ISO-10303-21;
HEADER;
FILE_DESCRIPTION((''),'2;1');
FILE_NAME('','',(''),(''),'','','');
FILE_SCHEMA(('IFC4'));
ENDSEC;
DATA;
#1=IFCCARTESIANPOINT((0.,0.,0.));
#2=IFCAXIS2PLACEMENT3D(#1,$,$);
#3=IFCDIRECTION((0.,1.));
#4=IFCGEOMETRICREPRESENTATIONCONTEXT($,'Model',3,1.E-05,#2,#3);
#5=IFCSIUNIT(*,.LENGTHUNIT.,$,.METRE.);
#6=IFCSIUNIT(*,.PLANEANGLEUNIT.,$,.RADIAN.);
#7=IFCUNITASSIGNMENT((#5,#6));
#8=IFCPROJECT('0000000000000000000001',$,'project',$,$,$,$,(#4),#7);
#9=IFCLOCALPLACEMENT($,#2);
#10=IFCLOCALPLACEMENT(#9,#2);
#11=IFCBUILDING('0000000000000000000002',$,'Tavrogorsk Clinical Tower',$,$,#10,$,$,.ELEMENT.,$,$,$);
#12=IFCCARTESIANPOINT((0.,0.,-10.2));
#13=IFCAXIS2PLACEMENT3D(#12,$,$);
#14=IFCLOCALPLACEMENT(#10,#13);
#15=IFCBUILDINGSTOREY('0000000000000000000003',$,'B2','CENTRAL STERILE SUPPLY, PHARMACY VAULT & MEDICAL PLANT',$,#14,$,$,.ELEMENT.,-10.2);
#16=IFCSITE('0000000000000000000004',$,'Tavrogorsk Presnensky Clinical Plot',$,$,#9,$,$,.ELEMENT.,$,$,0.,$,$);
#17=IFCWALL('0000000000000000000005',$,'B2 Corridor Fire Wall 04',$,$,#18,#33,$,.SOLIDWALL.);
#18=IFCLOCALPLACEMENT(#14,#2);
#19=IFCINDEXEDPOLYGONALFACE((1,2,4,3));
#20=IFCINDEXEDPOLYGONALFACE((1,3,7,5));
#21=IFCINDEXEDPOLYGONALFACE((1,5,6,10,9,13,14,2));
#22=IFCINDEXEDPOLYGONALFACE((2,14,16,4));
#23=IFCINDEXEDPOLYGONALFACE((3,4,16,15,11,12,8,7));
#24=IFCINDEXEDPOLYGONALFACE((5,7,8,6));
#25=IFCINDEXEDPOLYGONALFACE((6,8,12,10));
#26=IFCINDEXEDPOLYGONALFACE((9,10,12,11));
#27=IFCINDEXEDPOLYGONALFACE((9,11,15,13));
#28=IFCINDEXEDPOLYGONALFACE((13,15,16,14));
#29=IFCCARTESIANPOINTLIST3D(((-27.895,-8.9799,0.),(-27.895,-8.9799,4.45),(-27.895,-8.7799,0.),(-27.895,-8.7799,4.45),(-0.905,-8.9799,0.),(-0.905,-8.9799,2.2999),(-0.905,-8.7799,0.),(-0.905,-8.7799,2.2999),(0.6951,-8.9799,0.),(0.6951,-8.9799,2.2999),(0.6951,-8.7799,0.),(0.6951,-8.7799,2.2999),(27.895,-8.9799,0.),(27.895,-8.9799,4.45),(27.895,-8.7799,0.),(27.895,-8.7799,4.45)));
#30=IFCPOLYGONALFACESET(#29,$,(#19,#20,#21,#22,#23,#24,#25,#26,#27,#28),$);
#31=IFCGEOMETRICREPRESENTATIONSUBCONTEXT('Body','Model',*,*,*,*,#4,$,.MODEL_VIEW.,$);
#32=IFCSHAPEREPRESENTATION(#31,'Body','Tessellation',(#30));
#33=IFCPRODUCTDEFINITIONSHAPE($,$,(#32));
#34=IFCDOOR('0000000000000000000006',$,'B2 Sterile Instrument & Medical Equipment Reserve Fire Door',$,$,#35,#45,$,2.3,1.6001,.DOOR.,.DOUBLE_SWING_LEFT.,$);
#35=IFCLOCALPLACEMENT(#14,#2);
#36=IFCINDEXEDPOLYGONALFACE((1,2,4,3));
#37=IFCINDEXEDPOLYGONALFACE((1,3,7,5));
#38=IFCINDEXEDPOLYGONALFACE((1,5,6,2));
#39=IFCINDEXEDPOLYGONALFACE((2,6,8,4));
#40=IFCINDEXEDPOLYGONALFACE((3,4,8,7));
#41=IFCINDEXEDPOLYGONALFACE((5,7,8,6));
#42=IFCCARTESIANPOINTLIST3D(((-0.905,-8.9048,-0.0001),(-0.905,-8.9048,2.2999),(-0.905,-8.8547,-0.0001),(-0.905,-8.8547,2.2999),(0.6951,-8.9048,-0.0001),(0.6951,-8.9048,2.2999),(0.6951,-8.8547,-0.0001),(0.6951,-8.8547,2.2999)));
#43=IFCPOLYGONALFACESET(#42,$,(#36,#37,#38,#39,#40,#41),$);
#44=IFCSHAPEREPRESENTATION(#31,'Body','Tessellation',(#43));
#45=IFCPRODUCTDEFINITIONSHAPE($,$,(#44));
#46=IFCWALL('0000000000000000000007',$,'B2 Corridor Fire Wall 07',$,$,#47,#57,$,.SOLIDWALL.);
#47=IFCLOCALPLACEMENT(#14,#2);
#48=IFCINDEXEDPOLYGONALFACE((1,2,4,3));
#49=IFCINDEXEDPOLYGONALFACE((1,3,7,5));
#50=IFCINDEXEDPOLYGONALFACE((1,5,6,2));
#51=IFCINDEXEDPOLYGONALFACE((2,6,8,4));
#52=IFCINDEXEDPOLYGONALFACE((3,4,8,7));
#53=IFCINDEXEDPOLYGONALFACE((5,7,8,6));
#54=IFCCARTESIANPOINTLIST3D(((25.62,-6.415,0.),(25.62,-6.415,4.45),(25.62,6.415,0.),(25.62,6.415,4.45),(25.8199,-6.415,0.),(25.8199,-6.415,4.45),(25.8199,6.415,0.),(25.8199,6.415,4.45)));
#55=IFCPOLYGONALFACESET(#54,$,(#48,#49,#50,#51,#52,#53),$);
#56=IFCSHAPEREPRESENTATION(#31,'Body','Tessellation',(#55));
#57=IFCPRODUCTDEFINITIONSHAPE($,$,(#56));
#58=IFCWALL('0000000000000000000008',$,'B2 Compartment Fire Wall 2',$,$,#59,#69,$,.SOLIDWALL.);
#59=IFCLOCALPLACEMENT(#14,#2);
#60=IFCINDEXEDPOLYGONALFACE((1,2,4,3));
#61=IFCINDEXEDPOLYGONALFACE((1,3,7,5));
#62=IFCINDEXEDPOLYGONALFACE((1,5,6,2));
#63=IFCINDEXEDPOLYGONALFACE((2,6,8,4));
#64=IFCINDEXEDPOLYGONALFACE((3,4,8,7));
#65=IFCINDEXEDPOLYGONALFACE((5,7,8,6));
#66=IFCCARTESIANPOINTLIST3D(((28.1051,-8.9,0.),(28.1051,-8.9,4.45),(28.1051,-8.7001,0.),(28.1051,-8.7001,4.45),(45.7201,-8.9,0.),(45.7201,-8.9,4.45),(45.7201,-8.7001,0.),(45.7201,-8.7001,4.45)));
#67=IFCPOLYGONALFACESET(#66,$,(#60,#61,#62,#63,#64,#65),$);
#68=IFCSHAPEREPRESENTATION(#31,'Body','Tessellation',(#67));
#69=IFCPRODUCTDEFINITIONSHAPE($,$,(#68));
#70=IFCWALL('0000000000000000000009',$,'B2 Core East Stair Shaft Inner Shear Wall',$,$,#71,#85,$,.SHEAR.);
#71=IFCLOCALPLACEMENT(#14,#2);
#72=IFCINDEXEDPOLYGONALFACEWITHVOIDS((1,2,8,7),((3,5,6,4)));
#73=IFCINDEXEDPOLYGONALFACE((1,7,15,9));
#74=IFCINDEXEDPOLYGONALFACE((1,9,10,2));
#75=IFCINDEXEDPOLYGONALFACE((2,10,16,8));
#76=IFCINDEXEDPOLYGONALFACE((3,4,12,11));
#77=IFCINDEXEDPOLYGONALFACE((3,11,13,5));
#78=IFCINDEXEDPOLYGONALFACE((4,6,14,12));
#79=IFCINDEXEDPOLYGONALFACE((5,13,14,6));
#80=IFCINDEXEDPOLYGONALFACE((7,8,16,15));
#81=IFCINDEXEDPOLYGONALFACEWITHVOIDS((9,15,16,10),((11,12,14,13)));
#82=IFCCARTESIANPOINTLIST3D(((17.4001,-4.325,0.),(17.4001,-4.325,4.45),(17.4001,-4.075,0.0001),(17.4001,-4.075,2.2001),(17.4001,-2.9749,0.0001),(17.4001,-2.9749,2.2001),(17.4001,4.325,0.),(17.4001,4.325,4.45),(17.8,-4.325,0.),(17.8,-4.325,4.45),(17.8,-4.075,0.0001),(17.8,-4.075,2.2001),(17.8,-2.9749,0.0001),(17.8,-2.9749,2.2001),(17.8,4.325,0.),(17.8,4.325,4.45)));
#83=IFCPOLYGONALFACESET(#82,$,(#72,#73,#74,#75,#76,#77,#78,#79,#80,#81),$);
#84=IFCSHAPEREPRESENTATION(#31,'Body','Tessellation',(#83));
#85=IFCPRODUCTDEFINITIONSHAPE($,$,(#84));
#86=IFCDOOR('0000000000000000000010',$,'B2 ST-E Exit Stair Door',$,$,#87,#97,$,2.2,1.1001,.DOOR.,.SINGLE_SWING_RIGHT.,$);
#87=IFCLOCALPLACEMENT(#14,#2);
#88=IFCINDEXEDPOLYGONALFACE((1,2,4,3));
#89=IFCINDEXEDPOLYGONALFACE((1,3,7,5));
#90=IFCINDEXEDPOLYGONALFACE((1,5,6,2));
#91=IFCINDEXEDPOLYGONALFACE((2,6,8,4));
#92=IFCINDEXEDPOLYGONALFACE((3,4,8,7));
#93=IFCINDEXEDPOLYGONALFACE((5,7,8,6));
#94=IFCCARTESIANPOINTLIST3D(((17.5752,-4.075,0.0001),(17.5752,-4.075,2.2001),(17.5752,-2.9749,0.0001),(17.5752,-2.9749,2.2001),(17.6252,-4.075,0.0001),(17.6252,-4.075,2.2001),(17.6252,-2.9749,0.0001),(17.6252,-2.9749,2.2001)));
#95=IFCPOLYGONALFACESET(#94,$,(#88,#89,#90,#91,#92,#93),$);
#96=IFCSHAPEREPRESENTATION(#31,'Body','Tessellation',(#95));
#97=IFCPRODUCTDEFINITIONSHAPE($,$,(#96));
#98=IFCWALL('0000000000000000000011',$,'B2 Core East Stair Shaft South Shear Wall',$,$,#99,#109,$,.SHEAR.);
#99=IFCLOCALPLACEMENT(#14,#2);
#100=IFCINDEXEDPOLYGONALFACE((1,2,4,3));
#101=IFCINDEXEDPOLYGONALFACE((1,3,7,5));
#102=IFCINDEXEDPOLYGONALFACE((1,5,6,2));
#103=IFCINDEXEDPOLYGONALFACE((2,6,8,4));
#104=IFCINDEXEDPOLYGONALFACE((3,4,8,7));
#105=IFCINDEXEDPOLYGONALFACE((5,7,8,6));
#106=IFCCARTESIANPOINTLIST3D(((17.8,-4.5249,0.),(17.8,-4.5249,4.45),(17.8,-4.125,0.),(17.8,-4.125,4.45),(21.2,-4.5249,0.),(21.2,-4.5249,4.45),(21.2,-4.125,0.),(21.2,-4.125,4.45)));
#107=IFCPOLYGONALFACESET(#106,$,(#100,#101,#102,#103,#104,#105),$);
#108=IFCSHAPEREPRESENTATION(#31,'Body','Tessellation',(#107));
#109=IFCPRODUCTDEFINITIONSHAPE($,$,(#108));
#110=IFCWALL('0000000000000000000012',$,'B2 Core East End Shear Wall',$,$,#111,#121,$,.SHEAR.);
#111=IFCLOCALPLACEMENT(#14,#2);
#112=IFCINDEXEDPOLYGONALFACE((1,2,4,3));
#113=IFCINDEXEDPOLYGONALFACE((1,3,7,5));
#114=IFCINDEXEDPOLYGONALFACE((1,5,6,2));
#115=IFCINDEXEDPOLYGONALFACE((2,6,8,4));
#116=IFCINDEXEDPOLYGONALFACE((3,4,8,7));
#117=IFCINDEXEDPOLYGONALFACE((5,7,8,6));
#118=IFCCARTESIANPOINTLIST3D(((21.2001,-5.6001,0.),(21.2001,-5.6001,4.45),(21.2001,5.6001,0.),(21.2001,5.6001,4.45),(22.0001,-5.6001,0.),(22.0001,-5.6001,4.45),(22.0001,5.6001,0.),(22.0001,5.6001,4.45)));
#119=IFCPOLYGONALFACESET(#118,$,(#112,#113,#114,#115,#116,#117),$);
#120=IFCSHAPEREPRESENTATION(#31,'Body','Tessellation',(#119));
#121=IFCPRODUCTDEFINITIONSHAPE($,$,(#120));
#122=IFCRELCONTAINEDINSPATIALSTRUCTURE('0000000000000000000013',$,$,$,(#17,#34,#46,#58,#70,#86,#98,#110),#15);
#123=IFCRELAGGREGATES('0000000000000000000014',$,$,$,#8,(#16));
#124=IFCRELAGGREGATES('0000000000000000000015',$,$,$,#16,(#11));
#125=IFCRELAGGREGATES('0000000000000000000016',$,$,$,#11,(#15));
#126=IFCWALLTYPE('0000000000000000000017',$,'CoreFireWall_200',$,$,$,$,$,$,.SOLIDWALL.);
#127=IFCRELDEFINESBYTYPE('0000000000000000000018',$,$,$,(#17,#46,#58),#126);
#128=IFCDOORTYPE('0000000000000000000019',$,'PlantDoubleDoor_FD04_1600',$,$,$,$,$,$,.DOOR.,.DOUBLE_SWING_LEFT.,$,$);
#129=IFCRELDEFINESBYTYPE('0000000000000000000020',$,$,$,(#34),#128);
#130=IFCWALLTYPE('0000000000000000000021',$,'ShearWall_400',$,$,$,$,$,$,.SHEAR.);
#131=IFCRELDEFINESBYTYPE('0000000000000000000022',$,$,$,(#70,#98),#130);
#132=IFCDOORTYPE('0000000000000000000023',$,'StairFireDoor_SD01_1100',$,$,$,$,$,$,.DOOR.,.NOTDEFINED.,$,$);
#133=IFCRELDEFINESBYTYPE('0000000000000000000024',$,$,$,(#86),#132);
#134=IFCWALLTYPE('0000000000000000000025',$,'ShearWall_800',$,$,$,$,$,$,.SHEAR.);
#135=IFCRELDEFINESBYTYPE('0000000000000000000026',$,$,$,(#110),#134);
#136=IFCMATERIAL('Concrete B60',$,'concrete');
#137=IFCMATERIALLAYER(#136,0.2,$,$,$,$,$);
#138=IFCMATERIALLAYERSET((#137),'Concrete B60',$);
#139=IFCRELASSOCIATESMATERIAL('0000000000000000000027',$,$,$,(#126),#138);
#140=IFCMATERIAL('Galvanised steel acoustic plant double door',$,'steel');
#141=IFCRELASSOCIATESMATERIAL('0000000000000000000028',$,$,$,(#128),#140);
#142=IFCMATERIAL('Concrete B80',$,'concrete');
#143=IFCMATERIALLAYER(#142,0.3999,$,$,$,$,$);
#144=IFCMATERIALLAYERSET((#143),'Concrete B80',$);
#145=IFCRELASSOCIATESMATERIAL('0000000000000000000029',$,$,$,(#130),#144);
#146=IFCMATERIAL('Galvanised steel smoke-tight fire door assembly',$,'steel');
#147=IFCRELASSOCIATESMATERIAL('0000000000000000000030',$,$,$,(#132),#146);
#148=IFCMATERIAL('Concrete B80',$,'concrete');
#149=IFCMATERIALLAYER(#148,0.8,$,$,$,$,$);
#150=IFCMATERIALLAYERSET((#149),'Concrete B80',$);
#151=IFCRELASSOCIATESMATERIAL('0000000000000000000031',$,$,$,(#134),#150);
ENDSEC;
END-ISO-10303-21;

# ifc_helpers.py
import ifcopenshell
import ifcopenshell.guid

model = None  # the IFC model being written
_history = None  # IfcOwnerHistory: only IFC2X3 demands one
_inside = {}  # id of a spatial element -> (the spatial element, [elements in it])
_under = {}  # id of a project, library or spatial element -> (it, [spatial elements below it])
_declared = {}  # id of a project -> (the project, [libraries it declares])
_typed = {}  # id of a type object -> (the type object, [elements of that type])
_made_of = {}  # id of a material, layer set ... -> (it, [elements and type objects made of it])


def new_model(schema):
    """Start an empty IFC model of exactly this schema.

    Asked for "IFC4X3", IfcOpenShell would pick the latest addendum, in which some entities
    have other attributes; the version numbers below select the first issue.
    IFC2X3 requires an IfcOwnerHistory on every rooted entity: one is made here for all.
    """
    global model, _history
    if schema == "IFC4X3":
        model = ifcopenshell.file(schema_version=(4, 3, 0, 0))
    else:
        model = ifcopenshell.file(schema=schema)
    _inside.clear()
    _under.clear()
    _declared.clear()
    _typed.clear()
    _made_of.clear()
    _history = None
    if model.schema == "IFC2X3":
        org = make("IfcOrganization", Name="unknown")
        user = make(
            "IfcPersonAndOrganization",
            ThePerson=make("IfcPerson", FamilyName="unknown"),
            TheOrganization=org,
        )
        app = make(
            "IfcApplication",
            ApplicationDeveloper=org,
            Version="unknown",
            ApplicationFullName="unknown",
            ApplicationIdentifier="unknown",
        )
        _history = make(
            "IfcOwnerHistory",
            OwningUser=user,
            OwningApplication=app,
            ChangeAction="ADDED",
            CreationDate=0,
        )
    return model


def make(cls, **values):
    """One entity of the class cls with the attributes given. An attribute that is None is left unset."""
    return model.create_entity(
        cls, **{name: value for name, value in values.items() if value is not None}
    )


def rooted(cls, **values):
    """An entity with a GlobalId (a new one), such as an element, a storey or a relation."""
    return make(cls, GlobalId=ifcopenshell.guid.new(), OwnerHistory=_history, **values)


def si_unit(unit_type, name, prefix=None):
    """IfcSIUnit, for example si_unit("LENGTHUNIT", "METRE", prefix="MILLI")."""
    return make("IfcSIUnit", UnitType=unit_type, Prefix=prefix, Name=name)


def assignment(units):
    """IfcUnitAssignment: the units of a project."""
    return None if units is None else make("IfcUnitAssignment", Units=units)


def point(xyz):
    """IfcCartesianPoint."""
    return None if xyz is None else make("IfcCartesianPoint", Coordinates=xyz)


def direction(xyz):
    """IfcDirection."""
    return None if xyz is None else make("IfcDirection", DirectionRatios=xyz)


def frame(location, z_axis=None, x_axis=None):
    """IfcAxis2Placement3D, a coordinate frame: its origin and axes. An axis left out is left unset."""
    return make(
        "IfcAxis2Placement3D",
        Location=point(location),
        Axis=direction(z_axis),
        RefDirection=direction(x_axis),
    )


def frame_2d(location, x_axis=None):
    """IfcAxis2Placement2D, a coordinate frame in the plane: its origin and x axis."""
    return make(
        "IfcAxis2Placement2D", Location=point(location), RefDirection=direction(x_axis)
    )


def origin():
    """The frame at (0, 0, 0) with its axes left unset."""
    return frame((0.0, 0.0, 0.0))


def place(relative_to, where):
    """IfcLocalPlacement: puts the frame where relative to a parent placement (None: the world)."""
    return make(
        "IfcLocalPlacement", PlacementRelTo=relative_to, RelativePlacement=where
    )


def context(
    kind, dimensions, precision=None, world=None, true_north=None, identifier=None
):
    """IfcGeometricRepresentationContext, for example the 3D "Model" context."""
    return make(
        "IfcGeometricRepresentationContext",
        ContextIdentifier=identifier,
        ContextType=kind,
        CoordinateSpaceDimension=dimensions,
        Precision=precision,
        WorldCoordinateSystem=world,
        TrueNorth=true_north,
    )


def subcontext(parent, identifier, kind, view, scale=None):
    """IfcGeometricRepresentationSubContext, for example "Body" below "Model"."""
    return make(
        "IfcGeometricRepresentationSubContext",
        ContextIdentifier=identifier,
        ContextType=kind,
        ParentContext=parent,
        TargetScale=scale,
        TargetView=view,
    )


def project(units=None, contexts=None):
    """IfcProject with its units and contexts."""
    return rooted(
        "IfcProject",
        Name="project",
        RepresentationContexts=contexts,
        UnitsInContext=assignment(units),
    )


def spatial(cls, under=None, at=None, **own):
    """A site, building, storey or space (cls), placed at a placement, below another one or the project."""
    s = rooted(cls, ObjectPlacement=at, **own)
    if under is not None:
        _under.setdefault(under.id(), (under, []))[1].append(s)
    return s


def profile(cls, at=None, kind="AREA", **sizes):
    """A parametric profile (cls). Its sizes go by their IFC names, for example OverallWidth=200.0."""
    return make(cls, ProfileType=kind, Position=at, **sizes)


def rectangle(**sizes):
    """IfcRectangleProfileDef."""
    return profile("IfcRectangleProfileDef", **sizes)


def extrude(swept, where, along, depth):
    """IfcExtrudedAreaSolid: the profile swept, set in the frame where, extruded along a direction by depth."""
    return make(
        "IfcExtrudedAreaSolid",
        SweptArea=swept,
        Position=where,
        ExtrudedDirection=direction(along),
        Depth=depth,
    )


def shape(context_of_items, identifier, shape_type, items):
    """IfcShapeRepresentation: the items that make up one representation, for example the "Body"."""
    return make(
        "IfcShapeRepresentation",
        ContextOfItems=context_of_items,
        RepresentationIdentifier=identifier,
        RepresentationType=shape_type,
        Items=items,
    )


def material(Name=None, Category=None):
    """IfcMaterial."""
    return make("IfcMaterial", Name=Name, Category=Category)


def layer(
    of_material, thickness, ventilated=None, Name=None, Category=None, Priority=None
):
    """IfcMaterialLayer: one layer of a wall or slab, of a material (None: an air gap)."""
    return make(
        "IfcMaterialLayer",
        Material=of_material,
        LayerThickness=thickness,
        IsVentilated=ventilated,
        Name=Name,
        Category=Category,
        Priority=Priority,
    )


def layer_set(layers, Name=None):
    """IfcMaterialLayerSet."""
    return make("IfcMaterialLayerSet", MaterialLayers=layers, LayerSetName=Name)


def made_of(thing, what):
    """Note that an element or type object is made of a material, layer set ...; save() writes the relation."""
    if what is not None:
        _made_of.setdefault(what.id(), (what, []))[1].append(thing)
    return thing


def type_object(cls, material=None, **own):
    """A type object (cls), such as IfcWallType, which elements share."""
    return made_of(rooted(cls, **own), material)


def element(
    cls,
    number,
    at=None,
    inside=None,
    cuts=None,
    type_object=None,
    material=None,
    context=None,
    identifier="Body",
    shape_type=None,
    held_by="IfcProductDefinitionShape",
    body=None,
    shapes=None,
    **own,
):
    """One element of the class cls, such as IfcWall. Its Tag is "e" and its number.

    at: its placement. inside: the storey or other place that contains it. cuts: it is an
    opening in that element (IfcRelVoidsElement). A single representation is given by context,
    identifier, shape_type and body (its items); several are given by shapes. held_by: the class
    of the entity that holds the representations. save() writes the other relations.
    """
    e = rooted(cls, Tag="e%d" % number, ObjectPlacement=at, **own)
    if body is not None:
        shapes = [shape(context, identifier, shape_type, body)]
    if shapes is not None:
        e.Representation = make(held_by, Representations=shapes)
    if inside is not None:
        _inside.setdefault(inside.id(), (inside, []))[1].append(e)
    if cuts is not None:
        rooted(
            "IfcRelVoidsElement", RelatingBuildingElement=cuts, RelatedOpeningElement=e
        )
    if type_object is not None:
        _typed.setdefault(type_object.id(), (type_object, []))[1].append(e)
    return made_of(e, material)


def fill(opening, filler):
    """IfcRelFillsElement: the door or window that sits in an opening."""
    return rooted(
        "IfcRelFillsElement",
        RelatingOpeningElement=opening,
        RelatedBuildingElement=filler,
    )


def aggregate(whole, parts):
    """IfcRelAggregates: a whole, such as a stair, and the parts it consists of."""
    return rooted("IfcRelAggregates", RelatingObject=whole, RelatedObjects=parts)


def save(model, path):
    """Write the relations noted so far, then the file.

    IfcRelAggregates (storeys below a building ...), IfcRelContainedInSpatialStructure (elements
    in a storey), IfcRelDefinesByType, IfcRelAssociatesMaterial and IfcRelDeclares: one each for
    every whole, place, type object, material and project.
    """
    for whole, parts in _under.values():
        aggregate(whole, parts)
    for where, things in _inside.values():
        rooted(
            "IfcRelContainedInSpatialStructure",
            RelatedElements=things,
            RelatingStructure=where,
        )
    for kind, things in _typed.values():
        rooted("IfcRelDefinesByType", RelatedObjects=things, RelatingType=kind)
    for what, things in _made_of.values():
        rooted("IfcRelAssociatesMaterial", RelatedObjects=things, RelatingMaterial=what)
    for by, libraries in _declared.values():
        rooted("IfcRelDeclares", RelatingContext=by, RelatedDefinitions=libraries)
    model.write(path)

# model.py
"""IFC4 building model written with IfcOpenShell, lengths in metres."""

from ifc_helpers import new_model, si_unit, direction, frame, frame_2d, origin, place, context, subcontext, project, spatial, rectangle, extrude, material, layer, layer_set, type_object, element, fill, save


model = new_model("IFC4")

# Units and contexts
model_context = context("Model", 3, precision=1e-05, world=origin(), true_north=direction((0.0, 1.0)))
body_context = subcontext(model_context, "Body", "Model", "MODEL_VIEW")
ifc_project = project(units=[si_unit("LENGTHUNIT", "METRE"), si_unit("PLANEANGLEUNIT", "RADIAN")], contexts=[model_context])

# Site, building, storey
site_placement = place(None, origin())
site = spatial("IfcSite", under=ifc_project, at=site_placement, Name="Tavrogorsk Presnensky Clinical Plot", CompositionType="ELEMENT", RefElevation=0.0)
building_placement = place(site_placement, origin())
building = spatial("IfcBuilding", under=site, at=building_placement, Name="Tavrogorsk Clinical Tower", CompositionType="ELEMENT")
storey_placement = place(building_placement, frame((0.0, 0.0, -10.2)))
storey = spatial("IfcBuildingStorey", under=building, at=storey_placement, Name="B2", Description="CENTRAL STERILE SUPPLY, PHARMACY VAULT & MEDICAL PLANT", CompositionType="ELEMENT", Elevation=-10.2)

# Wall, opening, door
ifc_material_1 = material(Name="Concrete B60", Category="concrete")
ifc_layer_1 = layer(ifc_material_1, 0.2)
ifc_layer_set_1 = layer_set([ifc_layer_1], Name="Concrete B60")
wall_type_1 = type_object("IfcWallType", Name="CoreFireWall_200", PredefinedType="SOLIDWALL", material=ifc_layer_set_1)
wall_1_placement = place(storey_placement, frame((27.895, -8.8799, 0.0), z_axis=(0.0, 0.0, 1.0), x_axis=(-1.0, 0.0, 0.0)))
wall_1 = element("IfcWall", 1, at=wall_1_placement, inside=storey, type_object=wall_type_1, Name="B2 Corridor Fire Wall 04", PredefinedType="SOLIDWALL", context=body_context, shape_type="SweptSolid", body=[
    extrude(rectangle(XDim=55.79, YDim=0.2, at=frame_2d((27.895, 0.0))), origin(), (0.0, 0.0, 1.0), 4.45),
])
opening_1_placement = place(wall_1_placement, frame((27.2, 0.0, 0.0)))
opening_1 = element("IfcOpeningElement", 2, at=opening_1_placement, cuts=wall_1, PredefinedType="OPENING", context=body_context, shape_type="SweptSolid", body=[
    extrude(rectangle(XDim=1.6001, YDim=2.3, at=frame_2d((0.8, 1.1499))), frame((0.0, 0.1099, 0.0), z_axis=(0.0, -1.0, 0.0), x_axis=(1.0, 0.0, 0.0)), (0.0, 0.0, 1.0), 0.22),
])
ifc_material_2 = material(Name="Galvanised steel acoustic plant double door", Category="steel")
door_type_1 = type_object("IfcDoorType", Name="PlantDoubleDoor_FD04_1600", OperationType="DOUBLE_SWING_LEFT", PredefinedType="DOOR", material=ifc_material_2)
door_1_placement = place(opening_1_placement, origin())
door_1 = element("IfcDoor", 3, at=door_1_placement, inside=storey, type_object=door_type_1, Name="B2 Sterile Instrument & Medical Equipment Reserve Fire Door", OperationType="DOUBLE_SWING_LEFT", OverallHeight=2.3, OverallWidth=1.6001, PredefinedType="DOOR", context=body_context, shape_type="SweptSolid", body=[
    extrude(rectangle(XDim=1.6001, YDim=2.3, at=frame_2d((0.8, 1.1499))), frame((0.0, 0.0249, 0.0), z_axis=(0.0, -1.0, 0.0), x_axis=(1.0, 0.0, 0.0)), (0.0, 0.0, 1.0), 0.05),
])
fill(opening_1, door_1)

# Walls
wall_2_placement = place(storey_placement, frame((25.72, -6.415, 0.0), z_axis=(0.0, 0.0, 1.0), x_axis=(0.0, 1.0, 0.0)))
element("IfcWall", 4, at=wall_2_placement, inside=storey, type_object=wall_type_1, Name="B2 Corridor Fire Wall 07", PredefinedType="SOLIDWALL", context=body_context, shape_type="SweptSolid", body=[
    extrude(rectangle(XDim=12.8301, YDim=0.2, at=frame_2d((6.415, 0.0))), origin(), (0.0, 0.0, 1.0), 4.45),
])
wall_3_placement = place(storey_placement, frame((28.105, -8.8, 0.0), z_axis=(0.0, 0.0, 1.0), x_axis=(1.0, 0.0, 0.0)))
element("IfcWall", 5, at=wall_3_placement, inside=storey, type_object=wall_type_1, Name="B2 Compartment Fire Wall 2", PredefinedType="SOLIDWALL", context=body_context, shape_type="SweptSolid", body=[
    extrude(rectangle(XDim=17.615, YDim=0.2, at=frame_2d((8.8076, 0.0))), origin(), (0.0, 0.0, 1.0), 4.45),
])

# Wall, opening, door
ifc_material_3 = material(Name="Concrete B80", Category="concrete")
ifc_layer_2 = layer(ifc_material_3, 0.3999)
ifc_layer_set_2 = layer_set([ifc_layer_2], Name="Concrete B80")
wall_type_2 = type_object("IfcWallType", Name="ShearWall_400", PredefinedType="SHEAR", material=ifc_layer_set_2)
wall_4_placement = place(storey_placement, frame((17.6001, -4.325, 0.0), z_axis=(0.0, 0.0, 1.0), x_axis=(0.0, 1.0, 0.0)))
wall_4 = element("IfcWall", 6, at=wall_4_placement, inside=storey, type_object=wall_type_2, Name="B2 Core East Stair Shaft Inner Shear Wall", PredefinedType="SHEAR", context=body_context, shape_type="SweptSolid", body=[
    extrude(rectangle(XDim=8.6499, YDim=0.3999, at=frame_2d((4.325, 0.0))), origin(), (0.0, 0.0, 1.0), 4.45),
])
opening_2_placement = place(wall_4_placement, frame((0.25, 0.0, 0.0)))
opening_2 = element("IfcOpeningElement", 7, at=opening_2_placement, cuts=wall_4, PredefinedType="OPENING", context=body_context, shape_type="SweptSolid", body=[
    extrude(rectangle(XDim=1.1001, YDim=2.2, at=frame_2d((0.55, 1.1001))), frame((0.0, 0.21, 0.0), z_axis=(0.0, -1.0, 0.0), x_axis=(1.0, 0.0, 0.0)), (0.0, 0.0, 1.0), 0.4199),
])
ifc_material_4 = material(Name="Galvanised steel smoke-tight fire door assembly", Category="steel")
door_type_2 = type_object("IfcDoorType", Name="StairFireDoor_SD01_1100", OperationType="NOTDEFINED", PredefinedType="DOOR", material=ifc_material_4)
door_2_placement = place(opening_2_placement, origin())
door_2 = element("IfcDoor", 8, at=door_2_placement, inside=storey, type_object=door_type_2, Name="B2 ST-E Exit Stair Door", OperationType="SINGLE_SWING_RIGHT", OverallHeight=2.2, OverallWidth=1.1001, PredefinedType="DOOR", context=body_context, shape_type="SweptSolid", body=[
    extrude(rectangle(XDim=1.1001, YDim=2.2, at=frame_2d((0.55, 1.1001))), frame((0.0, 0.0249, 0.0), z_axis=(0.0, -1.0, 0.0), x_axis=(1.0, 0.0, 0.0)), (0.0, 0.0, 1.0), 0.05),
])
fill(opening_2, door_2)

# Walls
wall_5_placement = place(storey_placement, frame((17.8, -4.325, 0.0), z_axis=(0.0, 0.0, 1.0), x_axis=(1.0, 0.0, 0.0)))
element("IfcWall", 9, at=wall_5_placement, inside=storey, type_object=wall_type_2, Name="B2 Core East Stair Shaft South Shear Wall", PredefinedType="SHEAR", context=body_context, shape_type="SweptSolid", body=[
    extrude(rectangle(XDim=3.3999, YDim=0.3999, at=frame_2d((1.7, 0.0))), origin(), (0.0, 0.0, 1.0), 4.45),
])
ifc_material_5 = material(Name="Concrete B80", Category="concrete")
ifc_layer_3 = layer(ifc_material_5, 0.8)
ifc_layer_set_3 = layer_set([ifc_layer_3], Name="Concrete B80")
wall_type_3 = type_object("IfcWallType", Name="ShearWall_800", PredefinedType="SHEAR", material=ifc_layer_set_3)
wall_6_placement = place(storey_placement, frame((21.6001, -5.6001, 0.0), z_axis=(0.0, 0.0, 1.0), x_axis=(0.0, 1.0, 0.0)))
element("IfcWall", 10, at=wall_6_placement, inside=storey, type_object=wall_type_3, Name="B2 Core East End Shear Wall", PredefinedType="SHEAR", context=body_context, shape_type="SweptSolid", body=[
    extrude(rectangle(XDim=11.2002, YDim=0.8, at=frame_2d((5.6001, 0.0))), origin(), (0.0, 0.0, 1.0), 4.45),
])

save(model, "model.ifc")
